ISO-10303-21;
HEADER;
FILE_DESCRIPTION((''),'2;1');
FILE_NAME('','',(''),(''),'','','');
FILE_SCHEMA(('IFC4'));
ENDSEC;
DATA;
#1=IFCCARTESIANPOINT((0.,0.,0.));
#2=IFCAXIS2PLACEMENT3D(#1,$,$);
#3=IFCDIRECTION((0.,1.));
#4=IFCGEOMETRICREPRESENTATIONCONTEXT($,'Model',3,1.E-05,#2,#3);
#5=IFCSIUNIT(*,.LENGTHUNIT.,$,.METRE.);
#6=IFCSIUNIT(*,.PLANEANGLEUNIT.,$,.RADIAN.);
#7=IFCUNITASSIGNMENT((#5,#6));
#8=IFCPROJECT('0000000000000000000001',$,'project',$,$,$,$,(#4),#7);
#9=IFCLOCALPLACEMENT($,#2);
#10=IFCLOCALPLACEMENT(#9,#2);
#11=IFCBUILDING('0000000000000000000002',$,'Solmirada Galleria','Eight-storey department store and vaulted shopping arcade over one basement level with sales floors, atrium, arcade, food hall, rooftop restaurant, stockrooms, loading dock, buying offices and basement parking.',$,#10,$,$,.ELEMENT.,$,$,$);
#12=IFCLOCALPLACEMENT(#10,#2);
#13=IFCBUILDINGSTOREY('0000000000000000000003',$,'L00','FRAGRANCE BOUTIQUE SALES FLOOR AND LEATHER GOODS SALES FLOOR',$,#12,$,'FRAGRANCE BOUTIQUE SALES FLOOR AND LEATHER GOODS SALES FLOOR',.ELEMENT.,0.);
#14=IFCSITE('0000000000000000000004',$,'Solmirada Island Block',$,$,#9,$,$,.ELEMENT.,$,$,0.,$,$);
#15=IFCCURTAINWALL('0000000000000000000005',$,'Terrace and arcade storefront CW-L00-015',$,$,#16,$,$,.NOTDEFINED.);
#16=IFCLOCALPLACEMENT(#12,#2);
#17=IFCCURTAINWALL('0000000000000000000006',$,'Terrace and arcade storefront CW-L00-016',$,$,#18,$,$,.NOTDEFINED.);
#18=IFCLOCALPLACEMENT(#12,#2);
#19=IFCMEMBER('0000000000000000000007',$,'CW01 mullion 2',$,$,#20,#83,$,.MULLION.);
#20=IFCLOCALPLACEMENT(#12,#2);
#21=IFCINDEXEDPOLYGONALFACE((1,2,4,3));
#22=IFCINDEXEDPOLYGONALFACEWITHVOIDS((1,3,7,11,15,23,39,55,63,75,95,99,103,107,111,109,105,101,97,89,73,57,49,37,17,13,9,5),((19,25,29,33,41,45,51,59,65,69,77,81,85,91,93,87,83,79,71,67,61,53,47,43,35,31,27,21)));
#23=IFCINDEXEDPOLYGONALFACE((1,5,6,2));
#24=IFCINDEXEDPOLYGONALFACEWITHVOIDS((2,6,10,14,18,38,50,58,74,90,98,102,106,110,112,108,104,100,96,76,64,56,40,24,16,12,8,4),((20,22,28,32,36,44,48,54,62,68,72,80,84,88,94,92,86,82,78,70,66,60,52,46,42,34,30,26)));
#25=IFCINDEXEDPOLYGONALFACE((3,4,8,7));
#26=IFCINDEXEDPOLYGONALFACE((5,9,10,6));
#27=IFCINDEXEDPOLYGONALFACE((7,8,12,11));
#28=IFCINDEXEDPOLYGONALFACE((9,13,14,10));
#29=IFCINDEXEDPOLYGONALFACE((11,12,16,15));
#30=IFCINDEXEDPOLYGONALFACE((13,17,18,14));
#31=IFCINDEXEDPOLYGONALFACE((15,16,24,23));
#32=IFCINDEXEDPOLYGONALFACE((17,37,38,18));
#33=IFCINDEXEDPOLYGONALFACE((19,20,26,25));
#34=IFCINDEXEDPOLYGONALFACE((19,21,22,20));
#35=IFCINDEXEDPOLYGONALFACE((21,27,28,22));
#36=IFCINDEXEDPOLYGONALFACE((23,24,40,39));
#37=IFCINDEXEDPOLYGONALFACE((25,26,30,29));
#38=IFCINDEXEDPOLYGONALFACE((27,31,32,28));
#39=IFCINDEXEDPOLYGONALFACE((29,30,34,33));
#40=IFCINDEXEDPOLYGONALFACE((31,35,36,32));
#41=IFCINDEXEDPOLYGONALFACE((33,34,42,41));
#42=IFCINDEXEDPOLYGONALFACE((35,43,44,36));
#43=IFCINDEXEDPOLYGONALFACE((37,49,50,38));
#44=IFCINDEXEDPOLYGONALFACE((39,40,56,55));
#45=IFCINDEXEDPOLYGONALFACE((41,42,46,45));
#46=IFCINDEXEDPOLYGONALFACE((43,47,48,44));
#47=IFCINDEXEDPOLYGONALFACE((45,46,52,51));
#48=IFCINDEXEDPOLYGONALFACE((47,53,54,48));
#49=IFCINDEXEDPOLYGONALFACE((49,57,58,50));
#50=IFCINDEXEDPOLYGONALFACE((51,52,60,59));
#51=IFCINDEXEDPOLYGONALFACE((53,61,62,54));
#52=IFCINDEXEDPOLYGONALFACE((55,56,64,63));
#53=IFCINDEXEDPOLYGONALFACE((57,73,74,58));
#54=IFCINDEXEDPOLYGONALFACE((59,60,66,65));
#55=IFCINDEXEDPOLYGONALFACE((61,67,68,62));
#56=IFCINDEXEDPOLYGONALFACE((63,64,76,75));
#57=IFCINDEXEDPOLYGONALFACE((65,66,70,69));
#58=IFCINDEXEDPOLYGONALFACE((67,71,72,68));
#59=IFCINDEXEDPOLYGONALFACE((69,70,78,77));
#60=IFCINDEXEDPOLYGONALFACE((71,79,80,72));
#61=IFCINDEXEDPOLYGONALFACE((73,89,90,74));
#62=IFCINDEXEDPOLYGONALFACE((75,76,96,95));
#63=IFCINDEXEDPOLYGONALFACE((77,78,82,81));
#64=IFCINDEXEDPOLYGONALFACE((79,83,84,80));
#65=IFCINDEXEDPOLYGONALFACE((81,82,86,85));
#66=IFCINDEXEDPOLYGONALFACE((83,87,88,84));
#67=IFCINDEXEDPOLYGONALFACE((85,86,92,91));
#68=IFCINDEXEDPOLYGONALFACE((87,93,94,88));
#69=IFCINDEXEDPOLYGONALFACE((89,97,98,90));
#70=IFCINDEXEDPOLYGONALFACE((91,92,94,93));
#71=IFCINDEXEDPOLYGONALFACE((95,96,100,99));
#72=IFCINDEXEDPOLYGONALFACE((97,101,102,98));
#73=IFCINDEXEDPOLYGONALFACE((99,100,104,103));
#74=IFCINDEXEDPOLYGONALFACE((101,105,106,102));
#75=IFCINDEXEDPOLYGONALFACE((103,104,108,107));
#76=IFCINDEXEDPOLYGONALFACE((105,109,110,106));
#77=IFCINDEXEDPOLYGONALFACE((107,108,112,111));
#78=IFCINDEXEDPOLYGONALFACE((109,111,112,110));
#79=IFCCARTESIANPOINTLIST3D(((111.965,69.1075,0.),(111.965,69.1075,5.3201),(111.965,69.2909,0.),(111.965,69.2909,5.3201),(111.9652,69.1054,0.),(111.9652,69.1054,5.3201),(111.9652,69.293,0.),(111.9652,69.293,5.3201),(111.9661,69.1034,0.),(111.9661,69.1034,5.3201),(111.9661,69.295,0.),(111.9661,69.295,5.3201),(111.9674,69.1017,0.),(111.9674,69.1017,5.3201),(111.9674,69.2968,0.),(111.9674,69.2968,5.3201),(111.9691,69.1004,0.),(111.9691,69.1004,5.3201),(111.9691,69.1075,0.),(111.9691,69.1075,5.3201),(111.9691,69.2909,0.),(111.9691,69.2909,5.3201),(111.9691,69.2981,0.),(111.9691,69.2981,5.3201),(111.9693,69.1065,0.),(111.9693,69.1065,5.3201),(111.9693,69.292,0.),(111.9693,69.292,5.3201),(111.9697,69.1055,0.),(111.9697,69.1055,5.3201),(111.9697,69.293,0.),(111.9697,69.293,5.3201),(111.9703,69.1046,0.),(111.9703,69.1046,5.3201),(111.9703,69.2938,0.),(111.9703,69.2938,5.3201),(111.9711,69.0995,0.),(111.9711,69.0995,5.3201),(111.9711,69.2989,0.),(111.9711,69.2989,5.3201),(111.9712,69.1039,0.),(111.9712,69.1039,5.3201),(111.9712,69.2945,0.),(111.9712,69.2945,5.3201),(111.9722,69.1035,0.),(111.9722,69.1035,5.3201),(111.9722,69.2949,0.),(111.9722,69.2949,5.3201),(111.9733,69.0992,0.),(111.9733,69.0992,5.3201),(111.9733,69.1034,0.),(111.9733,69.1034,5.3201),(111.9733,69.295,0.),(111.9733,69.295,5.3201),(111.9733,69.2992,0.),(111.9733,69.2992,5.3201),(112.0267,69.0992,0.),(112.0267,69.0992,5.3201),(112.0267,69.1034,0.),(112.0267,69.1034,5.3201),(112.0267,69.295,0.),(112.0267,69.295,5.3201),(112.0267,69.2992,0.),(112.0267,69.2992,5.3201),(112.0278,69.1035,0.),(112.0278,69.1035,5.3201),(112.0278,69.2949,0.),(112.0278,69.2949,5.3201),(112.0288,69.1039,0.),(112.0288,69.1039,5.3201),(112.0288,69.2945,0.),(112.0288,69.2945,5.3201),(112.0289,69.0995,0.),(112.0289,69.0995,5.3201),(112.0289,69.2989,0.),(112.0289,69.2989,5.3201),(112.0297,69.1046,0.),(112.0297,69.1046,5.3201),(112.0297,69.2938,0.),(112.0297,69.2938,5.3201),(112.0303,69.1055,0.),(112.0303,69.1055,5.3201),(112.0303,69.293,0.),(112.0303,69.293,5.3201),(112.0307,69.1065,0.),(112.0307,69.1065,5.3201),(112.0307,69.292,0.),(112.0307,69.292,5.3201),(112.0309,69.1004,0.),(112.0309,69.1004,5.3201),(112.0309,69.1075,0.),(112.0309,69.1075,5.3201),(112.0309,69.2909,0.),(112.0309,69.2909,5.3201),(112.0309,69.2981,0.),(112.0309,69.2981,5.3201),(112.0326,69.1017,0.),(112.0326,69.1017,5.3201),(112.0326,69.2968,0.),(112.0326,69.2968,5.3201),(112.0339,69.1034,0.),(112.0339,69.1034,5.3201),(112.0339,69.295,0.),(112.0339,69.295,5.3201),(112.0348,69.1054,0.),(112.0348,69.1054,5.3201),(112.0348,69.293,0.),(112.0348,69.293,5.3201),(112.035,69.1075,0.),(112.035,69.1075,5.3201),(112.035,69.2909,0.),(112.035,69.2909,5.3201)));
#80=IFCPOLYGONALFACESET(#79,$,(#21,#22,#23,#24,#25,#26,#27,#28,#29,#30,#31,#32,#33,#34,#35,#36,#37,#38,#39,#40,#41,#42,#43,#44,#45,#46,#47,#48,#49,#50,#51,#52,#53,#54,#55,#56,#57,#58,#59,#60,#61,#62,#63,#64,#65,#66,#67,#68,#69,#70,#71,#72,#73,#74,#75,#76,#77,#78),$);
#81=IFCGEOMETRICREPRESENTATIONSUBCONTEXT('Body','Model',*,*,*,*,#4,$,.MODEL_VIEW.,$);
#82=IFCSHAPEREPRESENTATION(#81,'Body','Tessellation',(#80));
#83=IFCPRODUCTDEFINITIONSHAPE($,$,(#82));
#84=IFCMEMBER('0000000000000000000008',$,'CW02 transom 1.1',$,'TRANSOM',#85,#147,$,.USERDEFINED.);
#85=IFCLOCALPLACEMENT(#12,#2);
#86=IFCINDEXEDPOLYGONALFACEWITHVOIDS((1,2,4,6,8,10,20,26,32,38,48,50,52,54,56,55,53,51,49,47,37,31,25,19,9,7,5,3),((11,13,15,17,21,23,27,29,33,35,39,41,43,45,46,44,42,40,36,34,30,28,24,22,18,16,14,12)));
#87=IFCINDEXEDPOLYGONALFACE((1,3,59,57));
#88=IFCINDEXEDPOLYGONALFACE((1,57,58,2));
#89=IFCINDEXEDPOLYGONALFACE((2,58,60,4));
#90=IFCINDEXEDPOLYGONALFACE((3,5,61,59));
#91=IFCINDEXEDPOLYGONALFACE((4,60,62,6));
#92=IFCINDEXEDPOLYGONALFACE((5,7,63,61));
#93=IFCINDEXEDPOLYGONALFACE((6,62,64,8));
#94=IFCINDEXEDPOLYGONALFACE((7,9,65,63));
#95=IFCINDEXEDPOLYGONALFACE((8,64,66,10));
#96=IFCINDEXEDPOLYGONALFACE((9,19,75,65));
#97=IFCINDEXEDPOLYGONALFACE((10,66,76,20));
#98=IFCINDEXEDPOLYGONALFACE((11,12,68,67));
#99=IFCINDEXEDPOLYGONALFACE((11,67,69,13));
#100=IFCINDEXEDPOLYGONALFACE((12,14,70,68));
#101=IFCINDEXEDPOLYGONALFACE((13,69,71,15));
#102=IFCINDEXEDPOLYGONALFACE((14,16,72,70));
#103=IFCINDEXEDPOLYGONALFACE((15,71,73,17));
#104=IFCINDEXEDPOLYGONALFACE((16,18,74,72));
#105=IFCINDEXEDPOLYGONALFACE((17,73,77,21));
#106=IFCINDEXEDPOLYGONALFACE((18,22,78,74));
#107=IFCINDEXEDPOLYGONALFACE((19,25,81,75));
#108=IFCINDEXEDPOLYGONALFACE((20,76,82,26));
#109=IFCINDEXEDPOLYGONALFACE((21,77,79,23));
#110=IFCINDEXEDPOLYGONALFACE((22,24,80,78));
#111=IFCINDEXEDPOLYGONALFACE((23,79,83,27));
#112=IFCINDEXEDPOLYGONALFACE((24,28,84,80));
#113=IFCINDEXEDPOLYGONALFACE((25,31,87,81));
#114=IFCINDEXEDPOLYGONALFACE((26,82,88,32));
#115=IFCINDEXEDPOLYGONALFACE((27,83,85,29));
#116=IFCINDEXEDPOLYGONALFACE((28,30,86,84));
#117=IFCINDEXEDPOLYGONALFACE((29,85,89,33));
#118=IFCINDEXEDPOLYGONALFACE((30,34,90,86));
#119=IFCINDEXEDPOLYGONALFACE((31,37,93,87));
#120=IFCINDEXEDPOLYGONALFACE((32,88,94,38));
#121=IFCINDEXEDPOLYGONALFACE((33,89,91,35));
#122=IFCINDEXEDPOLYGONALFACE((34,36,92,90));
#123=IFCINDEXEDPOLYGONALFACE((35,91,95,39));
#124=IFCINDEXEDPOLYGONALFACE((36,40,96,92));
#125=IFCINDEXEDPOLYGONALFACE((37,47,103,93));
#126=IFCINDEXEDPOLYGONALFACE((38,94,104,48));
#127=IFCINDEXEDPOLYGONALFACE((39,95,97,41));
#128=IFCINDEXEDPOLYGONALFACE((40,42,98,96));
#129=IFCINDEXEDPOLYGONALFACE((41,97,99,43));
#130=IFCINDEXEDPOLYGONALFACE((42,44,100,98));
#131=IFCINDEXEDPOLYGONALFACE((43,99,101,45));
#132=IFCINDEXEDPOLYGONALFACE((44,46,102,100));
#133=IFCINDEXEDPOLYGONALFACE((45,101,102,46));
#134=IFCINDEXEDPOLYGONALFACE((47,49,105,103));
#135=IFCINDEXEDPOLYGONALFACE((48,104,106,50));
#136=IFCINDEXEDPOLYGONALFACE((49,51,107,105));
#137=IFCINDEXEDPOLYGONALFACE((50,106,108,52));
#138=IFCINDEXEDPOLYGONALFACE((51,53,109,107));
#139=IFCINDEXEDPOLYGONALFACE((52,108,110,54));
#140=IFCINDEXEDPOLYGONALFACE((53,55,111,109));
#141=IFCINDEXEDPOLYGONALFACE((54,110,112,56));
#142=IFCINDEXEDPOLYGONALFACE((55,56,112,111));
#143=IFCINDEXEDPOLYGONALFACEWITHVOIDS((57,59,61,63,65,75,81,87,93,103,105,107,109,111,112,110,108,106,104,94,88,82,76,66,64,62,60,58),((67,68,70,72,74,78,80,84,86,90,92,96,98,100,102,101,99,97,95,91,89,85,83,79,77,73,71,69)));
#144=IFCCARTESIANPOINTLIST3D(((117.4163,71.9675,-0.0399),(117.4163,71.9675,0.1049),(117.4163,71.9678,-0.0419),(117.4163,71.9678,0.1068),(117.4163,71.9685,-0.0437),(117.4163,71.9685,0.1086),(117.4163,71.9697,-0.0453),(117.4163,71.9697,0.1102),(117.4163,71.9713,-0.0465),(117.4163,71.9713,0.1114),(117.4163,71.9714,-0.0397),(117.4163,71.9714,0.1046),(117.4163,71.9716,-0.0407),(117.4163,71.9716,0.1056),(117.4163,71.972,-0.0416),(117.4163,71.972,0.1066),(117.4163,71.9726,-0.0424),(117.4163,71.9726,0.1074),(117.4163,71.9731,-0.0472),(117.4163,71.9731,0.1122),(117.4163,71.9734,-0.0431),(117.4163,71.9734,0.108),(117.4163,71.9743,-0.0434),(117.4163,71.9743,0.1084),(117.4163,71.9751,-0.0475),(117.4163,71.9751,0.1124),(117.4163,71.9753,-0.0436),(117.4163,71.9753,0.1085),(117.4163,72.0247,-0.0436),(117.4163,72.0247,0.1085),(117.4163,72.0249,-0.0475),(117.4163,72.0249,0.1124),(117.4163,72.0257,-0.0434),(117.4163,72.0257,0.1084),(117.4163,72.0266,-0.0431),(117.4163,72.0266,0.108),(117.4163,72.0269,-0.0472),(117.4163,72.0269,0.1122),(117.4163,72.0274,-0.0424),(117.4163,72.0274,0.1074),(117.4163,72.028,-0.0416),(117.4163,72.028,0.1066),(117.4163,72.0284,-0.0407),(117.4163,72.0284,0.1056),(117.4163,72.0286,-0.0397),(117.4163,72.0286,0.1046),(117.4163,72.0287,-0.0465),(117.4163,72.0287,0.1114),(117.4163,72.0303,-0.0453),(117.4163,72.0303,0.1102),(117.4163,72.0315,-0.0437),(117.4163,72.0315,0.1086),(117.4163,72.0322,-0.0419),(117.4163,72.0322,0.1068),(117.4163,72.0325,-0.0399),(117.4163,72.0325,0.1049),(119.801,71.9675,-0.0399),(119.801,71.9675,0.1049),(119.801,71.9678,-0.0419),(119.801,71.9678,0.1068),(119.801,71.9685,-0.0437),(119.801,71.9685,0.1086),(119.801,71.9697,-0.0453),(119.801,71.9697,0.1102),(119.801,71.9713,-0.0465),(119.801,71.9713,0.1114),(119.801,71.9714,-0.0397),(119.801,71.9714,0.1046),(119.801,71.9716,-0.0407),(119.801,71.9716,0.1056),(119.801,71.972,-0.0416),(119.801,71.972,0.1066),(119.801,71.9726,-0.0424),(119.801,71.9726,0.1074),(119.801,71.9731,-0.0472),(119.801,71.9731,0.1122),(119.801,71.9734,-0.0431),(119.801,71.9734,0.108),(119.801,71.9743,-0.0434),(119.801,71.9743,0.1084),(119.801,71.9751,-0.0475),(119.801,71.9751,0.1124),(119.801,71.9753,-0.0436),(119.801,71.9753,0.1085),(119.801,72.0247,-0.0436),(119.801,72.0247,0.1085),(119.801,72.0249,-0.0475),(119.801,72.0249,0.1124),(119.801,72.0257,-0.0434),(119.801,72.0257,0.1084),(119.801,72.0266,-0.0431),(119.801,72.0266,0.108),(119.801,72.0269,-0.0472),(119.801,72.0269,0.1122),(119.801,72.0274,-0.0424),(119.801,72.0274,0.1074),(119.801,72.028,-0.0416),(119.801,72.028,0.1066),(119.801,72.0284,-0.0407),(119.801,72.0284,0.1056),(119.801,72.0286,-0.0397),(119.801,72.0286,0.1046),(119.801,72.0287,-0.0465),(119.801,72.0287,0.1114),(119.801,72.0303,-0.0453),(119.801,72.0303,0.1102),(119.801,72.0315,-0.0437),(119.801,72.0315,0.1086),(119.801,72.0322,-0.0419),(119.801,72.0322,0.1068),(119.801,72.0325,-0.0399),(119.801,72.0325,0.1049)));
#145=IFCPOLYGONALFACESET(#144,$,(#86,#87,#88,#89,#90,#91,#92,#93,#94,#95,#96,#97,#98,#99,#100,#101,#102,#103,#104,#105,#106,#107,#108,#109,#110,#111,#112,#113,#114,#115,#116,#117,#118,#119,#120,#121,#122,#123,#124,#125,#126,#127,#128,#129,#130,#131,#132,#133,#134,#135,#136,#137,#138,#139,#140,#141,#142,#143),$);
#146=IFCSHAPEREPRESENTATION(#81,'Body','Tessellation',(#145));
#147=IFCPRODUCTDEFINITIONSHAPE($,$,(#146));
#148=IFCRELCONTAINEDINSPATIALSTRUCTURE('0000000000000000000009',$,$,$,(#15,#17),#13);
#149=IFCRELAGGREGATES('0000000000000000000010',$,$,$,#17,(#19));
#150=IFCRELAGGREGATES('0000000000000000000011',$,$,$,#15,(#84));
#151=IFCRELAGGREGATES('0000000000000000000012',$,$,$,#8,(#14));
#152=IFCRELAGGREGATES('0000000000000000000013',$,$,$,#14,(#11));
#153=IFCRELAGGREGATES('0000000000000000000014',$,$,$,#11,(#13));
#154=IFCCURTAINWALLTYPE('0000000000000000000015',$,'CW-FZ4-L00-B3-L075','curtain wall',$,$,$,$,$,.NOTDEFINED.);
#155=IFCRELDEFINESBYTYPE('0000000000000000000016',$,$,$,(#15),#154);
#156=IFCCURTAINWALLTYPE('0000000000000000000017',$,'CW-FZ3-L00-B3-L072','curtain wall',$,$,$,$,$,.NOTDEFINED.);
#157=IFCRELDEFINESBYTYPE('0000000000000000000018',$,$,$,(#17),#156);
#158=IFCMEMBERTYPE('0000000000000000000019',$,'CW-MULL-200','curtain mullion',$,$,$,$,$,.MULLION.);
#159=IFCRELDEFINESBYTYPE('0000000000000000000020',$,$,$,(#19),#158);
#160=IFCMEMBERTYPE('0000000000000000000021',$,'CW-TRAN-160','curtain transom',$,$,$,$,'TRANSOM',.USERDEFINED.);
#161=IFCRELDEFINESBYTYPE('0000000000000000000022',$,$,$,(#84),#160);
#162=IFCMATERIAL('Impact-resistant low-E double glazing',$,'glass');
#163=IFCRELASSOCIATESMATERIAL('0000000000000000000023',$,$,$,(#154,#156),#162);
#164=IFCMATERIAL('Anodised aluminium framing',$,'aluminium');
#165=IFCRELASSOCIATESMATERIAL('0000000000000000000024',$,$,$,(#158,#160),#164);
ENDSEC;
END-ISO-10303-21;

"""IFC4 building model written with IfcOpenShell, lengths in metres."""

from ifc_helpers import new_model, si_unit, direction, frame, origin, origin_2d, place, context, subcontext, project, spatial, hollow_rectangle, extrude, material, material_profile, profile_set, type_object, element, aggregate, save


model = new_model("IFC4")

# Units and contexts
model_context = context("Model", 3, precision=1e-05, world=origin(), true_north=direction((0.0, 1.0)))
body_context = subcontext(model_context, "Body", "Model", "MODEL_VIEW")
ifc_project = project(units=[si_unit("LENGTHUNIT", "METRE"), si_unit("PLANEANGLEUNIT", "RADIAN")], contexts=[model_context])

# Site, building, storey
site_placement = place(None, origin())
site = spatial("IfcSite", under=ifc_project, at=site_placement, Name="Solmirada Island Block", CompositionType="ELEMENT", RefElevation=0.0)
building_placement = place(site_placement, origin())
building = spatial("IfcBuilding", under=site, at=building_placement, Name="Solmirada Galleria", Description="Eight-storey department store and vaulted shopping arcade over one basement level with sales floors, atrium, arcade, food hall, rooftop restaurant, stockrooms, loading dock, buying offices and basement parking.", CompositionType="ELEMENT")
storey_placement = place(building_placement, origin())
storey = spatial("IfcBuildingStorey", under=building, at=storey_placement, Name="L00", Description="FRAGRANCE BOUTIQUE SALES FLOOR AND LEATHER GOODS SALES FLOOR", LongName="FRAGRANCE BOUTIQUE SALES FLOOR AND LEATHER GOODS SALES FLOOR", CompositionType="ELEMENT", Elevation=0.0)

# Curtain walls, member
ifc_material_1 = material(Name="Impact-resistant low-E double glazing", Category="glass")
curtain_wall_type_1 = type_object("IfcCurtainWallType", Name="CW-FZ4-L00-B3-L075", Description="curtain wall", PredefinedType="NOTDEFINED", material=ifc_material_1)
curtain_wall_1_placement = place(storey_placement, origin())
curtain_wall_1 = element("IfcCurtainWall", 1, at=curtain_wall_1_placement, inside=storey, type_object=curtain_wall_type_1, Name="Terrace and arcade storefront CW-L00-015", PredefinedType="NOTDEFINED")
ifc_material_2 = material(Name="Anodised aluminium framing", Category="aluminium")
ifc_material_profile_1 = material_profile(ifc_material_2, hollow_rectangle(XDim=0.0701, YDim=0.2, WallThickness=0.0042, InnerFilletRadius=0.0042, OuterFilletRadius=0.0083, at=origin_2d()), Name="ALU-MULL-200X70")
ifc_profile_set_1 = profile_set([ifc_material_profile_1], Name="Anodised aluminium framing")
member_type_1 = type_object("IfcMemberType", Name="CW-MULL-200", Description="curtain mullion", PredefinedType="MULLION", material=ifc_profile_set_1)
curtain_wall_type_2 = type_object("IfcCurtainWallType", Name="CW-FZ3-L00-B3-L072", Description="curtain wall", PredefinedType="NOTDEFINED", material=ifc_material_1)
curtain_wall_2_placement = place(storey_placement, origin())
curtain_wall_2 = element("IfcCurtainWall", 2, at=curtain_wall_2_placement, inside=storey, type_object=curtain_wall_type_2, Name="Terrace and arcade storefront CW-L00-016", PredefinedType="NOTDEFINED")
member_1_placement = place(storey_placement, frame((112.0, 69.1992, 0.0), z_axis=(0.0, 0.0, 1.0), x_axis=(1.0, 0.0, 0.0)))
member_1 = element("IfcMember", 3, at=member_1_placement, type_object=member_type_1, Name="CW01 mullion 2", PredefinedType="MULLION", context=body_context, shape_type="SweptSolid", body=[
    extrude(hollow_rectangle(XDim=0.0701, YDim=0.2, WallThickness=0.0042, InnerFilletRadius=0.0042, OuterFilletRadius=0.0083, at=origin_2d()), origin(), (0.0, 0.0, 1.0), 5.3201),
])

# Member
ifc_material_profile_2 = material_profile(ifc_material_2, hollow_rectangle(XDim=0.0649, YDim=0.1599, WallThickness=0.0039, InnerFilletRadius=0.0039, OuterFilletRadius=0.0076, at=origin_2d()), Name="ALU-TRAN-160X65")
ifc_profile_set_2 = profile_set([ifc_material_profile_2], Name="Anodised aluminium framing")
member_type_2 = type_object("IfcMemberType", Name="CW-TRAN-160", Description="curtain transom", ElementType="TRANSOM", PredefinedType="USERDEFINED", material=ifc_profile_set_2)
member_2_placement = place(storey_placement, frame((119.801, 72.0, 0.0325), z_axis=(-1.0, 0.0, 0.0), x_axis=(0.0, -1.0, 0.0)))
member_2 = element("IfcMember", 4, at=member_2_placement, type_object=member_type_2, Name="CW02 transom 1.1", ObjectType="TRANSOM", PredefinedType="USERDEFINED", context=body_context, shape_type="SweptSolid", body=[
    extrude(hollow_rectangle(XDim=0.0649, YDim=0.1599, WallThickness=0.0039, InnerFilletRadius=0.0039, OuterFilletRadius=0.0076, at=origin_2d()), origin(), (0.0, 0.0, 1.0), 2.3848),
])

aggregate(curtain_wall_2, [member_1])
aggregate(curtain_wall_1, [member_2])

save(model, "model.ifc")
